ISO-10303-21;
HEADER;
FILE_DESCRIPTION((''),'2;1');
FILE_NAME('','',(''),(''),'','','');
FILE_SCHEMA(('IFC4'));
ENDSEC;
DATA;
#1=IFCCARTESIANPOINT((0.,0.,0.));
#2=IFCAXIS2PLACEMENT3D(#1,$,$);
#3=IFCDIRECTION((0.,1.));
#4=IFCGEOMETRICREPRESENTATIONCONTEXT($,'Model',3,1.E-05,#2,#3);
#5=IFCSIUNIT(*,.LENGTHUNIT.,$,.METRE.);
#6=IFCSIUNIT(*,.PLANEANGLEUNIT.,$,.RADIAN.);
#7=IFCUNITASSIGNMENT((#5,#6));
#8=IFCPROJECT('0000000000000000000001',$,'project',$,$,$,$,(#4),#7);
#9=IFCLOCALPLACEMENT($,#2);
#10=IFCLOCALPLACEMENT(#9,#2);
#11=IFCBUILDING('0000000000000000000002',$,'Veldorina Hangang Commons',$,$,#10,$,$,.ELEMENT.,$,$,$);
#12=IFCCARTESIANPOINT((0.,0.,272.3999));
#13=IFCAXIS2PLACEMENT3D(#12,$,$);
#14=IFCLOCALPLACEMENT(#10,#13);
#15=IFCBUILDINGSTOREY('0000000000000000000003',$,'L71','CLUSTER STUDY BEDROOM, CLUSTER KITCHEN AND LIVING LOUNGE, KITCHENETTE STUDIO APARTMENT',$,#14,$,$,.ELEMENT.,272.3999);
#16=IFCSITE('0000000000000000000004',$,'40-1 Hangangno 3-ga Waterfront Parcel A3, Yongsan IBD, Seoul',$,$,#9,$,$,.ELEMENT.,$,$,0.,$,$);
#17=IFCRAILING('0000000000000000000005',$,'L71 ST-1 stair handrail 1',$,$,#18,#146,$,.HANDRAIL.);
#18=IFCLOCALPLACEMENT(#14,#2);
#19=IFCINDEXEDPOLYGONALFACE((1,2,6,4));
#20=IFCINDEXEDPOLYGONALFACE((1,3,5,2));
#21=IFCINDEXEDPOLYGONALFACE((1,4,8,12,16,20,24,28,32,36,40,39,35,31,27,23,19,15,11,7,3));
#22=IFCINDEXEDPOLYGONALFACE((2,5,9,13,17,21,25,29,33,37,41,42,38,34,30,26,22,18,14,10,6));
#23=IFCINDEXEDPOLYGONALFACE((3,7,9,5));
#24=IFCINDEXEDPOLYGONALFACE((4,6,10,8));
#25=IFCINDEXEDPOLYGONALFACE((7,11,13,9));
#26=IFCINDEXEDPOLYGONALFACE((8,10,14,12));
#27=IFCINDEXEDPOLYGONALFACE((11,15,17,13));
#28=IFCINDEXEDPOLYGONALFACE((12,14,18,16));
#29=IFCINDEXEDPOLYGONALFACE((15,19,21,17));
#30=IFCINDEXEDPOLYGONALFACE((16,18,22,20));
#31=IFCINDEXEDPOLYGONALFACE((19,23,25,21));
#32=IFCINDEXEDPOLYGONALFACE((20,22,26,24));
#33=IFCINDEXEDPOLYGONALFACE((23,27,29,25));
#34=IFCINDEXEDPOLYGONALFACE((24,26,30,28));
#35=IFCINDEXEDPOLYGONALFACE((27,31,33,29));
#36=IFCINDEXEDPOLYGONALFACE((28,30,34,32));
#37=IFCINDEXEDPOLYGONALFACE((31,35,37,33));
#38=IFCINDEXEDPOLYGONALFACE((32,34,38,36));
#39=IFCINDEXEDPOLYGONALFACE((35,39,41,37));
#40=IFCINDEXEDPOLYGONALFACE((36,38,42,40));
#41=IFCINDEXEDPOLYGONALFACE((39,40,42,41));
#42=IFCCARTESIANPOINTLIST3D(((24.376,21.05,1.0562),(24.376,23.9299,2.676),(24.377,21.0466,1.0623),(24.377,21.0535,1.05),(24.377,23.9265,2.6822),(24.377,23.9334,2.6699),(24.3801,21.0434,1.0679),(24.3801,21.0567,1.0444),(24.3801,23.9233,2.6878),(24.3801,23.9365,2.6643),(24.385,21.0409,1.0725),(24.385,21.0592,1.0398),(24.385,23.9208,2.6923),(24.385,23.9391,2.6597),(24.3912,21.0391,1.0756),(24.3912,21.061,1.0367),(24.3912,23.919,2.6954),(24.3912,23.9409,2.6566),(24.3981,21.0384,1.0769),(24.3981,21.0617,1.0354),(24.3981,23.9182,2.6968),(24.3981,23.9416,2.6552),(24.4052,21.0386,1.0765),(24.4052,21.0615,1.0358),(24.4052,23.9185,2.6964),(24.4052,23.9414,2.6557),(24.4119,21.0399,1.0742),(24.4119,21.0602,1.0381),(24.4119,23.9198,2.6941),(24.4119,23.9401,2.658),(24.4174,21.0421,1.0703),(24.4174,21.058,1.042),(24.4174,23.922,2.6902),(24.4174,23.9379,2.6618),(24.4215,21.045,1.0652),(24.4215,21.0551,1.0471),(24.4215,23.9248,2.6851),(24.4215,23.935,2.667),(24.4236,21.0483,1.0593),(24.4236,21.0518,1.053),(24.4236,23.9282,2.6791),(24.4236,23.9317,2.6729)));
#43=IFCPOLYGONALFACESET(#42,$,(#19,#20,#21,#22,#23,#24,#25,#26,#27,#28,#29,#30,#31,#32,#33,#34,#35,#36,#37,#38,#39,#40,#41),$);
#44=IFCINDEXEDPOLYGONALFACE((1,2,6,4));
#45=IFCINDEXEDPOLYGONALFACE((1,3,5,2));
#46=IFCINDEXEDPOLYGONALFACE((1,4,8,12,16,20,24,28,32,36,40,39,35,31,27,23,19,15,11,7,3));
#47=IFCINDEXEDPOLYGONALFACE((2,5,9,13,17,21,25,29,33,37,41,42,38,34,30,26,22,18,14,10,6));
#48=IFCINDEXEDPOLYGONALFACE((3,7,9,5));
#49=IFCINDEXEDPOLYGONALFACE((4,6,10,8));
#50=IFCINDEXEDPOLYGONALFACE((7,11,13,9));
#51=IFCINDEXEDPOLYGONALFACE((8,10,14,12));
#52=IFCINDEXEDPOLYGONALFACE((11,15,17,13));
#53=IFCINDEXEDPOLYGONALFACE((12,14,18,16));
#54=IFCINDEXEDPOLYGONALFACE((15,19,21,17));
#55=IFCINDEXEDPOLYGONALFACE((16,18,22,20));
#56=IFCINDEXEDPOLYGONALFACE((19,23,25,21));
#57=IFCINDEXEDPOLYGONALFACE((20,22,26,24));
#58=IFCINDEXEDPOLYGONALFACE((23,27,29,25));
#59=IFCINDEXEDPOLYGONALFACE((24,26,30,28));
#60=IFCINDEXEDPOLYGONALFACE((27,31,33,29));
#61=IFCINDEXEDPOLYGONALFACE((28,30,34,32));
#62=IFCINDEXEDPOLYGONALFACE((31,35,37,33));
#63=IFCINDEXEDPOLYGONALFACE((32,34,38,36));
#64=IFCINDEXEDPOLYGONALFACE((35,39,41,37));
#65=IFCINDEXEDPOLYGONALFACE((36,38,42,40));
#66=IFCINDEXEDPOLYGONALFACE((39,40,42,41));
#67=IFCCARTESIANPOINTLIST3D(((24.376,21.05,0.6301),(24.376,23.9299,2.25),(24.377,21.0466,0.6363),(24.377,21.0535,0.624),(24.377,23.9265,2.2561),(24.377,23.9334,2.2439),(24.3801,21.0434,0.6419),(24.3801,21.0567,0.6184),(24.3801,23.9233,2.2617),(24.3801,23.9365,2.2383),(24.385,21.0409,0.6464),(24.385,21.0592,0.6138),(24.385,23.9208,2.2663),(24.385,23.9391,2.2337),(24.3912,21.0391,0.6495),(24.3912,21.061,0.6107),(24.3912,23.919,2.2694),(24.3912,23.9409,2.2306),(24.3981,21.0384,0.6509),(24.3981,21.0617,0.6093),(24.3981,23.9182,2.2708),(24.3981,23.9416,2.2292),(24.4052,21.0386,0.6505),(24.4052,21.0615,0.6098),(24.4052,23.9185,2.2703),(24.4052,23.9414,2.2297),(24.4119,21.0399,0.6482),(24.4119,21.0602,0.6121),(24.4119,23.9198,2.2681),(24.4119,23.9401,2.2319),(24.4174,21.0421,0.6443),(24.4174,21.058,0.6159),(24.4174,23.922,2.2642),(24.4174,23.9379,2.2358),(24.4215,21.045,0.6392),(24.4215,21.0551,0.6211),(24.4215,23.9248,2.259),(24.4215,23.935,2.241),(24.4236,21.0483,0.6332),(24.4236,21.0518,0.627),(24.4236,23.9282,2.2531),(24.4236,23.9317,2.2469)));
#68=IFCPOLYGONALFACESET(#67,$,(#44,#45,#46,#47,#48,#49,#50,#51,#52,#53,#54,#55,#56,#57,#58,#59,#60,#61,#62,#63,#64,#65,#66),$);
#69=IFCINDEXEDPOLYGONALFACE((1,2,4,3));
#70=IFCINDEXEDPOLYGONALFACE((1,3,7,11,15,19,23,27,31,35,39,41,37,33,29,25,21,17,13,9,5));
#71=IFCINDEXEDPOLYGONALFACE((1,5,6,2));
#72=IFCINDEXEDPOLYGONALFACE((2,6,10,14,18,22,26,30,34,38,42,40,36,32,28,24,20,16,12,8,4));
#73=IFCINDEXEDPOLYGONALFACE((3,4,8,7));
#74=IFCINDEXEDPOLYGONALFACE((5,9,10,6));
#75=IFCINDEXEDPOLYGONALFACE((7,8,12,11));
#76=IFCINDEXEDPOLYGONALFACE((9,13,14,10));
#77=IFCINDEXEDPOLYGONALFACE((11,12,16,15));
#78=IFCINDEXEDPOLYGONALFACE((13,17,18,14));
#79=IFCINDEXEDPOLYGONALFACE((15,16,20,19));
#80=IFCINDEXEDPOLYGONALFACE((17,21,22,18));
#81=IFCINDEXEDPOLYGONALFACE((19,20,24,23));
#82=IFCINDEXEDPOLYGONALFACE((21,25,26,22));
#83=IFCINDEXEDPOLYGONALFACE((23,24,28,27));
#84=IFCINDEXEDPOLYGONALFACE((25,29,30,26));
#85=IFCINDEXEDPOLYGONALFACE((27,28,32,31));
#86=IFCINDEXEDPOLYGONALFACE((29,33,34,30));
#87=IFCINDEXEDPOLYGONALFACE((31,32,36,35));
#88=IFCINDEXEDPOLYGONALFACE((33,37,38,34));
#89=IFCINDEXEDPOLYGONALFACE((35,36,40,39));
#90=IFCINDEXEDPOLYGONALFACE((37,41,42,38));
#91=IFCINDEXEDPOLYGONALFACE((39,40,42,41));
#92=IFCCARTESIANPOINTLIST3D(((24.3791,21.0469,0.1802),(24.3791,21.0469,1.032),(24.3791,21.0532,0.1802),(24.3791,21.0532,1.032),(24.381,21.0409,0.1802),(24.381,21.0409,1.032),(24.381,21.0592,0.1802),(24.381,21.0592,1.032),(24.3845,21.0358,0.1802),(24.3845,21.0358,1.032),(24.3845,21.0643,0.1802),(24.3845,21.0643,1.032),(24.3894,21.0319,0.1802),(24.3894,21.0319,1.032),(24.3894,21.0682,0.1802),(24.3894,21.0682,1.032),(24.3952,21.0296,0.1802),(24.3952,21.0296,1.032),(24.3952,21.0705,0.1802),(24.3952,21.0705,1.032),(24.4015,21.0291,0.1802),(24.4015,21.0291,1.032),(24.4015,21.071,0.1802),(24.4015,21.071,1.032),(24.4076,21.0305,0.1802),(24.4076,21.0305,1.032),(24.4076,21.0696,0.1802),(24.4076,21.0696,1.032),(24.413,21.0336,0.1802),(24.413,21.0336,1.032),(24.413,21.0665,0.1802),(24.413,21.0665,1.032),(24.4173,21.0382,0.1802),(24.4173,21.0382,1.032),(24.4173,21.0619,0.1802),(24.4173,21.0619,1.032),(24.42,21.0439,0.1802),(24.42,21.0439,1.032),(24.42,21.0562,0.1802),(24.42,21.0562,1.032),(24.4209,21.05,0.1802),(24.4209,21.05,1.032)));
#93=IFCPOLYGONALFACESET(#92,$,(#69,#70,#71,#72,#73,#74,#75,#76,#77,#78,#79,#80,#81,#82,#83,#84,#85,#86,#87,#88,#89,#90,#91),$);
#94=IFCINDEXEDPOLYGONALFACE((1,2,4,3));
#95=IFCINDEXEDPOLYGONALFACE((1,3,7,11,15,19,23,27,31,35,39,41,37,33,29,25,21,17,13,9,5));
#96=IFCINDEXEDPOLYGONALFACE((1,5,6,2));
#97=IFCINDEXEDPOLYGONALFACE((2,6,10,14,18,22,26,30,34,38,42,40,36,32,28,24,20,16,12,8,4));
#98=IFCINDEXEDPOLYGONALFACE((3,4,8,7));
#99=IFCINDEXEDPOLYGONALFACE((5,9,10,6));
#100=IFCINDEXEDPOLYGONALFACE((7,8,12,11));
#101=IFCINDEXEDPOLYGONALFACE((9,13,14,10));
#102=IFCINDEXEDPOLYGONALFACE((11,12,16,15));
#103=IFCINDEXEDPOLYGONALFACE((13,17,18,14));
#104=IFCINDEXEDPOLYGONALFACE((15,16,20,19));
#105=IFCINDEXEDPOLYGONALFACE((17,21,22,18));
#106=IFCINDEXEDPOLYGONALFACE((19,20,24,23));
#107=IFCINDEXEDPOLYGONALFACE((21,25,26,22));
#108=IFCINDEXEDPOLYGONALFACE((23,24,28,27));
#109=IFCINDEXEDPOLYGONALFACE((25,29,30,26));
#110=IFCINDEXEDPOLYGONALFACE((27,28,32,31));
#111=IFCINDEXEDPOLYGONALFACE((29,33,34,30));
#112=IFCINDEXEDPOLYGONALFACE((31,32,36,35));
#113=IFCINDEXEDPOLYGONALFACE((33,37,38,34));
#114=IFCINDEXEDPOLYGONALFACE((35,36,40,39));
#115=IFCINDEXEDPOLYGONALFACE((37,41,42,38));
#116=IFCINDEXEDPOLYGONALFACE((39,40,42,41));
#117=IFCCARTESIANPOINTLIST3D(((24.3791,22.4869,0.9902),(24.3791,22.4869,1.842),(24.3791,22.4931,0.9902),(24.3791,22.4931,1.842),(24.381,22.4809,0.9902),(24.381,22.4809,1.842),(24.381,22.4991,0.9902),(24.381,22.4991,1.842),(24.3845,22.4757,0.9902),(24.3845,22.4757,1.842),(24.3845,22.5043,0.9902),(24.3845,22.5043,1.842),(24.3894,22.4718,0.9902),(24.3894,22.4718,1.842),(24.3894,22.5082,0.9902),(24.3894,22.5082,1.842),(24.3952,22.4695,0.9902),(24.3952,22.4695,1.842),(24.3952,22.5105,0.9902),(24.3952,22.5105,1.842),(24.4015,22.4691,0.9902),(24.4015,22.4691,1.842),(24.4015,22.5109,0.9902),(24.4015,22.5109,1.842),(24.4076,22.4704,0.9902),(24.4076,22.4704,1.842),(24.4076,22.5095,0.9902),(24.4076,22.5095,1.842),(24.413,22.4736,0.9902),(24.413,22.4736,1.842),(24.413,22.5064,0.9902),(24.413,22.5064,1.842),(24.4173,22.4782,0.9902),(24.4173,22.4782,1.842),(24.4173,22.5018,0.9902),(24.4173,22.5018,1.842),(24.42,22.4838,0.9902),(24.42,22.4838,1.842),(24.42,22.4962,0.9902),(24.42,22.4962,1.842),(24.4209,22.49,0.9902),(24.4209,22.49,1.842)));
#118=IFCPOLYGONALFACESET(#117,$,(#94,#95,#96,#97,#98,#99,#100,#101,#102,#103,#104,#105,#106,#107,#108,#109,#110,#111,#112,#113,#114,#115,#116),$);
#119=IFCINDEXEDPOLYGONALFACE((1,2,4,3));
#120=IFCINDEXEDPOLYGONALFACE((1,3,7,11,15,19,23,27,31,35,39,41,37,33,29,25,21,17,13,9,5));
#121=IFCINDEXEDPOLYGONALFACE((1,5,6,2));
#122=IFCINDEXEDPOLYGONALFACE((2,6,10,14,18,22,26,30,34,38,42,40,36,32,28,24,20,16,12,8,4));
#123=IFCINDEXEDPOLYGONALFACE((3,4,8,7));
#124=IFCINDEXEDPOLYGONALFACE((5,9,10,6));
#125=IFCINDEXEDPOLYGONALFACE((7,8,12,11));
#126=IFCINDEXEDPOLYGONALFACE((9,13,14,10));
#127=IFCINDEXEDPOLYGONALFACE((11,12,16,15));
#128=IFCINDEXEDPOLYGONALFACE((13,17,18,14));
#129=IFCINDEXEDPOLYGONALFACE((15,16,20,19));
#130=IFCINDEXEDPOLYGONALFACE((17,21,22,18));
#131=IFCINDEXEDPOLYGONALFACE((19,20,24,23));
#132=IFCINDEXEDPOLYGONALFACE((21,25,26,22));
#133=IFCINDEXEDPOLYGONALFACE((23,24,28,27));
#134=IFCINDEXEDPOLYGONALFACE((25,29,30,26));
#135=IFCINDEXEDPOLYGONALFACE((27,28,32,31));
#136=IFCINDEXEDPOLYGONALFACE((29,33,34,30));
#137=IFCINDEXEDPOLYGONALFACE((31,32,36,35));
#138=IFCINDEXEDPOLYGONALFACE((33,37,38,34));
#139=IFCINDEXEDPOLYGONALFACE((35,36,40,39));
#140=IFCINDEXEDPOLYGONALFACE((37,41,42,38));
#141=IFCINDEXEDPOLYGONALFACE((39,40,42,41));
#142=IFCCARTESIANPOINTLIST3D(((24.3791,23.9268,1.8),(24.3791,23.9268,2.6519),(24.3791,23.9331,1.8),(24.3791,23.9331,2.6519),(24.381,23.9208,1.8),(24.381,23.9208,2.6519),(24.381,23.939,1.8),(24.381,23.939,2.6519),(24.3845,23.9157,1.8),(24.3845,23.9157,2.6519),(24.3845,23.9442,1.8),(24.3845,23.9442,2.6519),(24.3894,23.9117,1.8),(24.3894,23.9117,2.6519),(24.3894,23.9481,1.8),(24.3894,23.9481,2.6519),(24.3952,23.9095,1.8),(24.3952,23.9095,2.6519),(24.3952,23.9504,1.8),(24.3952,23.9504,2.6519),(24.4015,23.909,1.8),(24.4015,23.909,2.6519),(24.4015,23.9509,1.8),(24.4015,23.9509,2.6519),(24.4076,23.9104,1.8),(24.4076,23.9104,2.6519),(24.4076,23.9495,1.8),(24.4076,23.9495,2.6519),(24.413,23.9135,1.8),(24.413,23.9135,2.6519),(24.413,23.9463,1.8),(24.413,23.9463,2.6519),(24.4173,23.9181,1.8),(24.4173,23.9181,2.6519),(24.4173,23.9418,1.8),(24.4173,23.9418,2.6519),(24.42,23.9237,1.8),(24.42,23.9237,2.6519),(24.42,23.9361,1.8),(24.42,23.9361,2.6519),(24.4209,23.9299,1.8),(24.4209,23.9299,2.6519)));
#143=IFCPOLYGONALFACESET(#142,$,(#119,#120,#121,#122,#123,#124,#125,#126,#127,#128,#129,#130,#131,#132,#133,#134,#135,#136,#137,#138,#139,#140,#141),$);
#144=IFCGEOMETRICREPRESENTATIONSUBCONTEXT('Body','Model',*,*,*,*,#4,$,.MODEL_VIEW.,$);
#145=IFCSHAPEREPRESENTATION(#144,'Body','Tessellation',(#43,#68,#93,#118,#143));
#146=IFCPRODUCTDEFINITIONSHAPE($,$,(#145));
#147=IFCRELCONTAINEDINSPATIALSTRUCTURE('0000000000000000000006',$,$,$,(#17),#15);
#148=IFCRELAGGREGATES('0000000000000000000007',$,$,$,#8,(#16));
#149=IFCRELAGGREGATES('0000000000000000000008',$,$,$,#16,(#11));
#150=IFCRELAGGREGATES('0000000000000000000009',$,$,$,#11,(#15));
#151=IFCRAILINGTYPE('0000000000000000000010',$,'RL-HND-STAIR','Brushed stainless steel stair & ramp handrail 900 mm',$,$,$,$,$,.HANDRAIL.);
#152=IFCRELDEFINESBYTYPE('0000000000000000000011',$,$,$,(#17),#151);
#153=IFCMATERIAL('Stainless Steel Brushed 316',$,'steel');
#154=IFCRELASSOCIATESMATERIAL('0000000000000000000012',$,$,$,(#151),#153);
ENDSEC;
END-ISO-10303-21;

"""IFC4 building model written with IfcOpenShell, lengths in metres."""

from ifc_helpers import new_model, si_unit, direction, frame, origin, origin_2d, place, context, subcontext, project, spatial, circle, extrude, material, type_object, element, save


model = new_model("IFC4")

# Units and contexts
model_context = context("Model", 3, precision=1e-05, world=origin(), true_north=direction((0.0, 1.0)))
body_context = subcontext(model_context, "Body", "Model", "MODEL_VIEW")
ifc_project = project(units=[si_unit("LENGTHUNIT", "METRE"), si_unit("PLANEANGLEUNIT", "RADIAN")], contexts=[model_context])

# Site, building, storey
site_placement = place(None, origin())
site = spatial("IfcSite", under=ifc_project, at=site_placement, Name="40-1 Hangangno 3-ga Waterfront Parcel A3, Yongsan IBD, Seoul", CompositionType="ELEMENT", RefElevation=0.0)
building_placement = place(site_placement, origin())
building = spatial("IfcBuilding", under=site, at=building_placement, Name="Veldorina Hangang Commons", CompositionType="ELEMENT")
storey_placement = place(building_placement, frame((0.0, 0.0, 272.3999)))
storey = spatial("IfcBuildingStorey", under=building, at=storey_placement, Name="L71", Description="CLUSTER STUDY BEDROOM, CLUSTER KITCHEN AND LIVING LOUNGE, KITCHENETTE STUDIO APARTMENT", CompositionType="ELEMENT", Elevation=272.3999)

# Railing
ifc_material_1 = material(Name="Stainless Steel Brushed 316", Category="steel")
railing_type_1 = type_object("IfcRailingType", Name="RL-HND-STAIR", Description="Brushed stainless steel stair & ramp handrail 900 mm", PredefinedType="HANDRAIL", material=ifc_material_1)
railing_1_placement = place(storey_placement, frame((24.3999, 21.05, 0.1802)))
element("IfcRailing", 1, at=railing_1_placement, inside=storey, type_object=railing_type_1, Name="L71 ST-1 stair handrail 1", PredefinedType="HANDRAIL", context=body_context, shape_type="SweptSolid", body=[
    extrude(circle(Radius=0.0239, at=origin_2d()), frame((0.0, 0.0, 0.876), z_axis=(0.0, 0.871583, 0.490247), x_axis=(-1.0, 0.0, 0.0)), (0.0, 0.0, 1.0), 3.3042),
    extrude(circle(Radius=0.0239, at=origin_2d()), frame((0.0, 0.0, 0.45), z_axis=(0.0, 0.871583, 0.490247), x_axis=(-1.0, 0.0, 0.0)), (0.0, 0.0, 1.0), 3.3042),
    extrude(circle(Radius=0.021, at=origin_2d()), origin(), (0.0, 0.0, 1.0), 0.8518),
    extrude(circle(Radius=0.021, at=origin_2d()), frame((0.0, 1.4399, 0.8101)), (0.0, 0.0, 1.0), 0.8518),
    extrude(circle(Radius=0.021, at=origin_2d()), frame((0.0, 2.8799, 1.6199)), (0.0, 0.0, 1.0), 0.8518),
])

save(model, "model.ifc")
